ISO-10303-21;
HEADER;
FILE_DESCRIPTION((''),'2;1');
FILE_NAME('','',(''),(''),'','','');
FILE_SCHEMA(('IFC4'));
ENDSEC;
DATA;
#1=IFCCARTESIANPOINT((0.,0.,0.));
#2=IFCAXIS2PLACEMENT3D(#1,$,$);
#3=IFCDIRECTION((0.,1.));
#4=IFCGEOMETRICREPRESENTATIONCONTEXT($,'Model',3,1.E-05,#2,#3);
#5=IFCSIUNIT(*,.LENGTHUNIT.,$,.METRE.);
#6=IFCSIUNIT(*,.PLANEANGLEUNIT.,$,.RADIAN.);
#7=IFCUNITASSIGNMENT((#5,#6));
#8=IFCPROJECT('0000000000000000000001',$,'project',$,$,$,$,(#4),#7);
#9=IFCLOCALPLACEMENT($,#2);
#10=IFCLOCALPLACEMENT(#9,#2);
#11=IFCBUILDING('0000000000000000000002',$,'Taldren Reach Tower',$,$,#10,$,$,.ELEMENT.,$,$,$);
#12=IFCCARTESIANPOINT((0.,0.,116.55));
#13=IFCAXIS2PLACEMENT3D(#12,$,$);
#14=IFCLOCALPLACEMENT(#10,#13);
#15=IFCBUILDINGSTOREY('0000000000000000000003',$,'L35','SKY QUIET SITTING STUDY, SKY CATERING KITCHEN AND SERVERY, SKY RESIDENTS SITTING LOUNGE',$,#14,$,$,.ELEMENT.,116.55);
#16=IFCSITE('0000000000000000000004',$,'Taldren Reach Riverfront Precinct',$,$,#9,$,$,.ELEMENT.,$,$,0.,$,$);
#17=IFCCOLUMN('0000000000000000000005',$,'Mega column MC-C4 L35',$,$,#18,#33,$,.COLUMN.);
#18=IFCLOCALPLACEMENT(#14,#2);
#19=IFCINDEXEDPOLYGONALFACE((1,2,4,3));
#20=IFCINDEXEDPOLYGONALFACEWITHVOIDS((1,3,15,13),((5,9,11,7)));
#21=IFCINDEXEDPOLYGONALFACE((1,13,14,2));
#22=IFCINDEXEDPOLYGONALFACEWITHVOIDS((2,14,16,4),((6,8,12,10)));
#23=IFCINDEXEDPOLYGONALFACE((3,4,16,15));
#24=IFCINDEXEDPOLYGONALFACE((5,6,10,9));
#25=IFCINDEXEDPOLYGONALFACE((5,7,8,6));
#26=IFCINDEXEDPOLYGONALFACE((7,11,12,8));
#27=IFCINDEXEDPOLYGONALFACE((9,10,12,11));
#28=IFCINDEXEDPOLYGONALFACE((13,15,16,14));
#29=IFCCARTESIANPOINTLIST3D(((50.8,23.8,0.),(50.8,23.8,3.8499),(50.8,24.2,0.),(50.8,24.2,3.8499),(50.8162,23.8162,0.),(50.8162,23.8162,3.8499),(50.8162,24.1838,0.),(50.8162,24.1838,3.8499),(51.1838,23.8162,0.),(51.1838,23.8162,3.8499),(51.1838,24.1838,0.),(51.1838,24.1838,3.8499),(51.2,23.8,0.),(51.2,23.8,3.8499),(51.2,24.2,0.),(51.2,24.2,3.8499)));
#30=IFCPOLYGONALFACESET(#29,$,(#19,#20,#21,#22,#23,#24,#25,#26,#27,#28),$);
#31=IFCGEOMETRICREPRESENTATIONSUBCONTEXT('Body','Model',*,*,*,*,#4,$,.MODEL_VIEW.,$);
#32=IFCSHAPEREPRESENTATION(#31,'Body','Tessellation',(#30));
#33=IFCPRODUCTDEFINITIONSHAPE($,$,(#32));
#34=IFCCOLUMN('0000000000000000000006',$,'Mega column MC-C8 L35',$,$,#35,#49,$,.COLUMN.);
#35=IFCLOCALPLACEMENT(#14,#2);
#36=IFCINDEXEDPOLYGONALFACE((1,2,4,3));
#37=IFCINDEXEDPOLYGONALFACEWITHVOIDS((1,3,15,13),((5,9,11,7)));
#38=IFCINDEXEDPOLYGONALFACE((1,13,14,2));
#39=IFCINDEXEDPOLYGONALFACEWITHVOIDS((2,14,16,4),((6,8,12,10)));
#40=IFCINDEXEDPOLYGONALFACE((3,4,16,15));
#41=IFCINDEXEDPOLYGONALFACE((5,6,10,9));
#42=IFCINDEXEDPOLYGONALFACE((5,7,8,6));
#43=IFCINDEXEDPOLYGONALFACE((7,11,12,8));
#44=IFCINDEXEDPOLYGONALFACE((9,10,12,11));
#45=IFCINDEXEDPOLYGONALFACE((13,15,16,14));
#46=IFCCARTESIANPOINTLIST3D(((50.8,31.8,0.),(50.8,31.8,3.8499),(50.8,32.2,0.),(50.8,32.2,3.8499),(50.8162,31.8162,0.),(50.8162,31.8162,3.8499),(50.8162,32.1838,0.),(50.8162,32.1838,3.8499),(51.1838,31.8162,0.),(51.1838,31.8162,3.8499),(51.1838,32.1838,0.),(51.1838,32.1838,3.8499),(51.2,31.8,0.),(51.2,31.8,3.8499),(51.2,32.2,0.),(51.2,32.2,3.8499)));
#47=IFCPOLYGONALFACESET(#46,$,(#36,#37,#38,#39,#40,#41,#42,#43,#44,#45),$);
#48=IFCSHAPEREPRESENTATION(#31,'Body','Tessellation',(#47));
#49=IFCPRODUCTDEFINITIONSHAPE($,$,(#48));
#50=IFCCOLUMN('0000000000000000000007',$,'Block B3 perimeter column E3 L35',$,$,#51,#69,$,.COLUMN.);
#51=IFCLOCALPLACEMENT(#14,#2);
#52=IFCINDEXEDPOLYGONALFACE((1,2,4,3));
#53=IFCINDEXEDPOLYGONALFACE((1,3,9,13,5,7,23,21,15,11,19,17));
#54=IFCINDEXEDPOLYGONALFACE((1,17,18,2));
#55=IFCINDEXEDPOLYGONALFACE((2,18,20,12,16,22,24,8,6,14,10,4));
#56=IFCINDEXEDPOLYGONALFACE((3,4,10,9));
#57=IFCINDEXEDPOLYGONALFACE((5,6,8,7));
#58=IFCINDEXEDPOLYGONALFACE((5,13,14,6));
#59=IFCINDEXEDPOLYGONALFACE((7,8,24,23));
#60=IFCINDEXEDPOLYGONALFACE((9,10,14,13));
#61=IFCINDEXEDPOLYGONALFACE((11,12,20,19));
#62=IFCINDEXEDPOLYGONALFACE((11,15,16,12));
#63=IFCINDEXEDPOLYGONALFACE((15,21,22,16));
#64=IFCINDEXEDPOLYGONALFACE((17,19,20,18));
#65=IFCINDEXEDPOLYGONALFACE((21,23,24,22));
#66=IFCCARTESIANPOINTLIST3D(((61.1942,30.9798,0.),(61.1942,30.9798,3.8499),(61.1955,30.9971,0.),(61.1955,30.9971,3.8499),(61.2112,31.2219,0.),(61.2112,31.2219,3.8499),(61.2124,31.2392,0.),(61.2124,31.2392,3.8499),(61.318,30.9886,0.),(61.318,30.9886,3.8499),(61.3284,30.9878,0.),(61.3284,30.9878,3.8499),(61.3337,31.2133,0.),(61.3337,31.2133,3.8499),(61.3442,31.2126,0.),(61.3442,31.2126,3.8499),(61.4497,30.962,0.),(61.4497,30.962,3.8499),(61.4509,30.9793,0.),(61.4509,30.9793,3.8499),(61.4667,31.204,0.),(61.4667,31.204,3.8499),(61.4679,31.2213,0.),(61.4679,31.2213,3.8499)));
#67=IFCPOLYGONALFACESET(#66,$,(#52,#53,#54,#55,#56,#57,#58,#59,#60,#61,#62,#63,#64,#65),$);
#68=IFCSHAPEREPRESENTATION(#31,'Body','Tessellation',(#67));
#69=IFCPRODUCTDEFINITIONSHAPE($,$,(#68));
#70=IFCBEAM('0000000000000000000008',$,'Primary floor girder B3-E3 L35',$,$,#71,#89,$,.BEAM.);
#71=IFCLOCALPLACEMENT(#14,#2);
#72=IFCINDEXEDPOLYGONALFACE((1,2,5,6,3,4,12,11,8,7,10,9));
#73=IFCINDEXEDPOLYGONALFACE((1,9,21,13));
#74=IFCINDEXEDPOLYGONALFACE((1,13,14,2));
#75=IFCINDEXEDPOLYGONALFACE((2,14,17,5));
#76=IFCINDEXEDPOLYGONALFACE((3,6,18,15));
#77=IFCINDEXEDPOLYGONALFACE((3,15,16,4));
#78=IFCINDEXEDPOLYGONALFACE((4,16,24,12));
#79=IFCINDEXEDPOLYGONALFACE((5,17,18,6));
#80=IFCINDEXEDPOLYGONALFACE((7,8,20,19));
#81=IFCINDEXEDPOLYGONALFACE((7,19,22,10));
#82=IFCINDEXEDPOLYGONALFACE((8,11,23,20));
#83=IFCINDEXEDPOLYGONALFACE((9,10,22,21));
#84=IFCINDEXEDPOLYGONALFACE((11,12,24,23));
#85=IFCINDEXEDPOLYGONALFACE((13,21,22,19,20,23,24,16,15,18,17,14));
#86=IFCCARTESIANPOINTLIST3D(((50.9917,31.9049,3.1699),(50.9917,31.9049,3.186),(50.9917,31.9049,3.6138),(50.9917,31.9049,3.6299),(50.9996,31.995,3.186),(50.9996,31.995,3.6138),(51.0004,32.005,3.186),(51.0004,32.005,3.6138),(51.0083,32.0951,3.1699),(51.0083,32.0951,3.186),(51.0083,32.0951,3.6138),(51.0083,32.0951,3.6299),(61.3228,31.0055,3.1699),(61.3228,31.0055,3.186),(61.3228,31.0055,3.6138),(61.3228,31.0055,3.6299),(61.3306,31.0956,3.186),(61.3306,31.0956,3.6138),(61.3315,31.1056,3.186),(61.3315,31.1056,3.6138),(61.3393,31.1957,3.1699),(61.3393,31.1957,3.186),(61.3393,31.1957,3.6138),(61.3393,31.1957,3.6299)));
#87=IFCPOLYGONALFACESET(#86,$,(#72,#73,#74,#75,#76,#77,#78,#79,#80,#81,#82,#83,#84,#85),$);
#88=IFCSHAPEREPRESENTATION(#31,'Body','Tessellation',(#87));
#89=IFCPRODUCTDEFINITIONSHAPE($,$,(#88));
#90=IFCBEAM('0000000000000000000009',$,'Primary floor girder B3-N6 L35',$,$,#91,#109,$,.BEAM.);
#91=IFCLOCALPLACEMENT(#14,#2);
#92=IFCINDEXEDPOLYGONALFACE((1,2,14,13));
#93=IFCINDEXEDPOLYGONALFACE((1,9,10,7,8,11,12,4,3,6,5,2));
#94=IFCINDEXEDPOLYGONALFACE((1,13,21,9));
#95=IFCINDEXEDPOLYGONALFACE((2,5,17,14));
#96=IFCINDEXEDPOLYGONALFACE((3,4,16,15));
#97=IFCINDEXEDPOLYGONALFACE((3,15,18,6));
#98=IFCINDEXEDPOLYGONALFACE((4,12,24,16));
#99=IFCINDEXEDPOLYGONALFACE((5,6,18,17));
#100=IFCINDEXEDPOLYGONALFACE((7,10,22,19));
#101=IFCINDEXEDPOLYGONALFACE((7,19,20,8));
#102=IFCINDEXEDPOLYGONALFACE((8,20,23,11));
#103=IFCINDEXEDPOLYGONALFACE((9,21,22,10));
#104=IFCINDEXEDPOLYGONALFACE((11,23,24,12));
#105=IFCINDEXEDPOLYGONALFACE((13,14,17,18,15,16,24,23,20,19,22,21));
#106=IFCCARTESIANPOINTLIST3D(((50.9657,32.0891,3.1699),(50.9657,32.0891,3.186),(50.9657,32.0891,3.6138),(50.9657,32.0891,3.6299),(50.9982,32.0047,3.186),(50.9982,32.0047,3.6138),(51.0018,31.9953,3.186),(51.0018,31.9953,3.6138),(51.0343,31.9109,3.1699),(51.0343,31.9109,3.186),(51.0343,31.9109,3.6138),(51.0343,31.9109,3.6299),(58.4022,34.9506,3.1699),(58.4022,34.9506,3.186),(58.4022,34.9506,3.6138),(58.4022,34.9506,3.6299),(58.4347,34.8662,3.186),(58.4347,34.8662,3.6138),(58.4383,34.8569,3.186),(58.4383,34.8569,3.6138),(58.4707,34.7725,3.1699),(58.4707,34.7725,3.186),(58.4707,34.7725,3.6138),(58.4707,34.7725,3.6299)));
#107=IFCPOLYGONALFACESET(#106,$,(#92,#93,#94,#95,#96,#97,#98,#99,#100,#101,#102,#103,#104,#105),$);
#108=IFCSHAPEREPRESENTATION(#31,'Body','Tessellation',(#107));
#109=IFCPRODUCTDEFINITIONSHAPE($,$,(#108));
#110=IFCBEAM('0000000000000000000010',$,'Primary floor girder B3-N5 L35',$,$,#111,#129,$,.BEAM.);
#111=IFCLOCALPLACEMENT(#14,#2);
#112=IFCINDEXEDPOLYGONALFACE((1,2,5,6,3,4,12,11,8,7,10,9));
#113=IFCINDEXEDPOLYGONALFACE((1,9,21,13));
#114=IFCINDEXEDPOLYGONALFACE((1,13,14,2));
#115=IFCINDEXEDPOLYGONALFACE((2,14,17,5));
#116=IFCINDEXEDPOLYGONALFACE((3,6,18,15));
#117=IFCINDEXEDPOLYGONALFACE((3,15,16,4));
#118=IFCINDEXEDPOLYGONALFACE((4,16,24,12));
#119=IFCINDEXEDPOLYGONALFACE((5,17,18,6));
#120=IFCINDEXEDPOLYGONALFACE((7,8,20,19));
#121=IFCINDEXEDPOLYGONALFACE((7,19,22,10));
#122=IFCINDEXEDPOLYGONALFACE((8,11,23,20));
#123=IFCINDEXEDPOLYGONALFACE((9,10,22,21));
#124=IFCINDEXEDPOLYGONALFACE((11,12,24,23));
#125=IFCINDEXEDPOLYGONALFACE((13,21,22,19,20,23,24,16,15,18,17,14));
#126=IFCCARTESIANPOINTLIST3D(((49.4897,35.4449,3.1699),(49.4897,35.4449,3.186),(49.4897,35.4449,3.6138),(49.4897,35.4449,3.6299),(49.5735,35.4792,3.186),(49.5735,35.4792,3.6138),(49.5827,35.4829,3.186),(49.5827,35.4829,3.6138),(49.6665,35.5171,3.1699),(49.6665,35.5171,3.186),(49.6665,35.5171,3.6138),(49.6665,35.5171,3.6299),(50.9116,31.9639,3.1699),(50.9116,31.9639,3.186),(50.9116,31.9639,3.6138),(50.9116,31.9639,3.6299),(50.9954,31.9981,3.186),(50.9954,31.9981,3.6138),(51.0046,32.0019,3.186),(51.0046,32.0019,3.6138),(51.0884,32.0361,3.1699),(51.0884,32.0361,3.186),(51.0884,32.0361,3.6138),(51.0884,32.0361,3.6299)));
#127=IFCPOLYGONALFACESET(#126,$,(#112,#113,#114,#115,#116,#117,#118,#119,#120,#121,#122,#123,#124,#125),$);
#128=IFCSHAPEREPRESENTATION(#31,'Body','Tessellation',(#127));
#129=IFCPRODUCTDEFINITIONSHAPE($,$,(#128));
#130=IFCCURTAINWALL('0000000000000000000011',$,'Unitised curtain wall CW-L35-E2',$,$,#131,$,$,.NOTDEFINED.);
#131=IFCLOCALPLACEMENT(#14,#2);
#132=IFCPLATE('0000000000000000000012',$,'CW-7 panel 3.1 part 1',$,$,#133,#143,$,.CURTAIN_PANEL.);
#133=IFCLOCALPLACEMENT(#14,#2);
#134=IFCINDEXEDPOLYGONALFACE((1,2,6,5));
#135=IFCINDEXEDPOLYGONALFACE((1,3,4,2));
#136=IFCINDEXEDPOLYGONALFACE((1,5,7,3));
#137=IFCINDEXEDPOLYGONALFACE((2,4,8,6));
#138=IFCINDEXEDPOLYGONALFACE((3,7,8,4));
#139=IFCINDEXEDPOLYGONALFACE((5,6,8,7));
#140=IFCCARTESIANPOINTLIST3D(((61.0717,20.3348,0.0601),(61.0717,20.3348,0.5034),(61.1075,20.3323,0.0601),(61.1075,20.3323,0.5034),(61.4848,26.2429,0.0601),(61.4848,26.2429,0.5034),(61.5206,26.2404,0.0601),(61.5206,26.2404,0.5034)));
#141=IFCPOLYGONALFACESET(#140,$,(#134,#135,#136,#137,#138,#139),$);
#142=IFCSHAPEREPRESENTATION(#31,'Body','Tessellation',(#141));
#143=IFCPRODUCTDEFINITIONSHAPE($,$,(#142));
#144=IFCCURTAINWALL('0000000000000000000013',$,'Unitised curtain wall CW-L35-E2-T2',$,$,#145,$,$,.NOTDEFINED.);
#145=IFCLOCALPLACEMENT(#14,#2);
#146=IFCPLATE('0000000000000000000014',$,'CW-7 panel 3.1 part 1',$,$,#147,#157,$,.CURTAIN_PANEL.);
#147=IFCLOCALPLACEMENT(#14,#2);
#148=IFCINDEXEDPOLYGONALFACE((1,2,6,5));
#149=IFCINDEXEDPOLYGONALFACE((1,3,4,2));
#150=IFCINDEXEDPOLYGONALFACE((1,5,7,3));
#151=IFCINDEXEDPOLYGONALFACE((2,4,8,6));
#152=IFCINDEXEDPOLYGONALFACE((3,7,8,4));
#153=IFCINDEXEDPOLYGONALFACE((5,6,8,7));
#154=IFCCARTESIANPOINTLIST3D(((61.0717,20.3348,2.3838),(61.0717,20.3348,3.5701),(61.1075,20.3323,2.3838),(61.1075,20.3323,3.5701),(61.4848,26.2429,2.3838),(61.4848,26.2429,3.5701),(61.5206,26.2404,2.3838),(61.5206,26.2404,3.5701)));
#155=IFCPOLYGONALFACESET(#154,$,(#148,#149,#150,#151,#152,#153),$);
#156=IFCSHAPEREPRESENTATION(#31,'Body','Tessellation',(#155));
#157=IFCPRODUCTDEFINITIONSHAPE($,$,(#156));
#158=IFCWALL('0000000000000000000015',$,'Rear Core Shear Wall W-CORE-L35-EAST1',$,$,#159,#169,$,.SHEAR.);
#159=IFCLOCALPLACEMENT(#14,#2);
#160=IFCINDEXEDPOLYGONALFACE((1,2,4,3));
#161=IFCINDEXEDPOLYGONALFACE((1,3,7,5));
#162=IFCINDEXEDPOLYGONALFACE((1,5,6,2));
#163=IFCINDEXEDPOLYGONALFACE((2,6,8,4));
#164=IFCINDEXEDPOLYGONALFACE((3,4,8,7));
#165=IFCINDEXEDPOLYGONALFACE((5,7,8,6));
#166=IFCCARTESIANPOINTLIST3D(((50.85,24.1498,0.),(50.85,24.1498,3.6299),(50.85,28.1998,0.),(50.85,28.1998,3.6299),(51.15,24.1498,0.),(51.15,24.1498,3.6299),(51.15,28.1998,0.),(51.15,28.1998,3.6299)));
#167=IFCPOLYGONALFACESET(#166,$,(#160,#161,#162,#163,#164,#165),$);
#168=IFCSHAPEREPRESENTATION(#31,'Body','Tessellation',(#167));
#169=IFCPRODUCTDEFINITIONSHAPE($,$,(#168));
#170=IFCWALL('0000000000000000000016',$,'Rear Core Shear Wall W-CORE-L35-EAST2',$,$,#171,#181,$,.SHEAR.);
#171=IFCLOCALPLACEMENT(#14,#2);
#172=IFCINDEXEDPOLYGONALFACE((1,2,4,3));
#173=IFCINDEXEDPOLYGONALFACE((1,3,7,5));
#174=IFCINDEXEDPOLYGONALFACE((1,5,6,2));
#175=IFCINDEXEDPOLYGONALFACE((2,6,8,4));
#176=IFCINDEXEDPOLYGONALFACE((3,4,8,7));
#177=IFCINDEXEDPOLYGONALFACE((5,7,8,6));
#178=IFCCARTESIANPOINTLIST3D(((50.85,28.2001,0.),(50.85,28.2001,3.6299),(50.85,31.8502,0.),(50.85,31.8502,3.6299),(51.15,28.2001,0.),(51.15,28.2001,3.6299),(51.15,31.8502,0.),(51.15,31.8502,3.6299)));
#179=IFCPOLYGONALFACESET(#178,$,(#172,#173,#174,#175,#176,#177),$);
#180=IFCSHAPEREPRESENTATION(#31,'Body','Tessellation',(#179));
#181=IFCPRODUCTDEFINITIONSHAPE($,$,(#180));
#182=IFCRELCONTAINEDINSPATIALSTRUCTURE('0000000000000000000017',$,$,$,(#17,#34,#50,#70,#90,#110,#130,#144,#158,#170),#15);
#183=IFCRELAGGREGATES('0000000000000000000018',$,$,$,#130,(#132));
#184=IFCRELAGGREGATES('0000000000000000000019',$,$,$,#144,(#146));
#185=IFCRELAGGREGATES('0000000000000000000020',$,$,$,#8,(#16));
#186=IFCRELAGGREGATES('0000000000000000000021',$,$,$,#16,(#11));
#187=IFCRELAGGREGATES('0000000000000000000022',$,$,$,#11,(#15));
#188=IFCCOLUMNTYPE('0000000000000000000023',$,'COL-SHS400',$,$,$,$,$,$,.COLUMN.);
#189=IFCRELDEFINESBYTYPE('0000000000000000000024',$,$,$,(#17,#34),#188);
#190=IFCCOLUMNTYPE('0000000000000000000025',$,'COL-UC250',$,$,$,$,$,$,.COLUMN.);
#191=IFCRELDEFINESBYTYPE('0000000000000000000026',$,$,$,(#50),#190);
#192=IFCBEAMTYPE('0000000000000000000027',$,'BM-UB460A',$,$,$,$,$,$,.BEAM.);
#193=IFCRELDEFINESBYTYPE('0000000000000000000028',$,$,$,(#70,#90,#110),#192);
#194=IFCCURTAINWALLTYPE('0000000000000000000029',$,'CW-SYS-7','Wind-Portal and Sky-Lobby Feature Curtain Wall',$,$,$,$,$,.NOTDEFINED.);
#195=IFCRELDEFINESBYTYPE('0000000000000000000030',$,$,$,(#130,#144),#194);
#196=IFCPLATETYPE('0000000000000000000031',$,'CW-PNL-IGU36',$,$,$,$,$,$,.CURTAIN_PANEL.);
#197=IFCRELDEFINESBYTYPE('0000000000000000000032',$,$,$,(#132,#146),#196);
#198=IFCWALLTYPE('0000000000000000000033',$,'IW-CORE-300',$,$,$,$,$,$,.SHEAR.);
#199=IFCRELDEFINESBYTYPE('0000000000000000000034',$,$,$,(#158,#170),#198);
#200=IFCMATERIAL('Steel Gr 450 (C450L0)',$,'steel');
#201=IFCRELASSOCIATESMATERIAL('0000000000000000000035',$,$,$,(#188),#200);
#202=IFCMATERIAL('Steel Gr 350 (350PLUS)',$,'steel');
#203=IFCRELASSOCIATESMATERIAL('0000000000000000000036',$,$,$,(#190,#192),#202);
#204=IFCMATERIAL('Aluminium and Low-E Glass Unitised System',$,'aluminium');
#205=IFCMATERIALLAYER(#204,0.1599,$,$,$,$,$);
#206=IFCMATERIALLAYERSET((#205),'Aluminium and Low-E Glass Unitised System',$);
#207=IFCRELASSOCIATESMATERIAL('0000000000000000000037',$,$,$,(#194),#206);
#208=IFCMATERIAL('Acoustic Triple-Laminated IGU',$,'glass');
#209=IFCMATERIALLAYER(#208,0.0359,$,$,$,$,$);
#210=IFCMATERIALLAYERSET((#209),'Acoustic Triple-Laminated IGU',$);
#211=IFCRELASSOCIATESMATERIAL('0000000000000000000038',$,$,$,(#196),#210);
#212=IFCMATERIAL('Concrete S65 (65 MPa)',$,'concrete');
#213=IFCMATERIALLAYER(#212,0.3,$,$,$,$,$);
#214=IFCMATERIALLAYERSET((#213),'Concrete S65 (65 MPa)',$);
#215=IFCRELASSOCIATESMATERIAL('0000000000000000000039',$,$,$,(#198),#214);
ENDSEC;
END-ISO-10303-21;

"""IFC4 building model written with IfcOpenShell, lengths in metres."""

from ifc_helpers import new_model, si_unit, direction, frame, frame_2d, origin, origin_2d, place, context, subcontext, project, spatial, rectangle, hollow_rectangle, i_section, extrude, source, transform, mapped, material, layer, layer_set, material_profile, profile_set, type_object, element, aggregate, save


model = new_model("IFC4")

# Units and contexts
model_context = context("Model", 3, precision=1e-05, world=origin(), true_north=direction((0.0, 1.0)))
body_context = subcontext(model_context, "Body", "Model", "MODEL_VIEW")
ifc_project = project(units=[si_unit("LENGTHUNIT", "METRE"), si_unit("PLANEANGLEUNIT", "RADIAN")], contexts=[model_context])

# Site, building, storey
site_placement = place(None, origin())
site = spatial("IfcSite", under=ifc_project, at=site_placement, Name="Taldren Reach Riverfront Precinct", CompositionType="ELEMENT", RefElevation=0.0)
building_placement = place(site_placement, origin())
building = spatial("IfcBuilding", under=site, at=building_placement, Name="Taldren Reach Tower", CompositionType="ELEMENT")
storey_placement = place(building_placement, frame((0.0, 0.0, 116.55)))
storey = spatial("IfcBuildingStorey", under=building, at=storey_placement, Name="L35", Description="SKY QUIET SITTING STUDY, SKY CATERING KITCHEN AND SERVERY, SKY RESIDENTS SITTING LOUNGE", CompositionType="ELEMENT", Elevation=116.55)

# Columns
ifc_material_1 = material(Name="Steel Gr 450 (C450L0)", Category="steel")
ifc_material_profile_1 = material_profile(ifc_material_1, hollow_rectangle(XDim=0.3999, YDim=0.3999, WallThickness=0.0161, at=origin_2d()), Name="400x400x16.0SHS")
ifc_profile_set_1 = profile_set([ifc_material_profile_1], Name="Steel Gr 450 (C450L0)")
column_type_1 = type_object("IfcColumnType", Name="COL-SHS400", PredefinedType="COLUMN", material=ifc_profile_set_1)
shared_shape_1 = source(origin(), body_context, "Body", "SweptSolid", [
    extrude(hollow_rectangle(XDim=0.3999, YDim=0.3999, WallThickness=0.0161, at=origin_2d()), origin(), (0.0, 0.0, 1.0), 3.8499),
])
for number, where, z_axis, x_axis, name in (
    (1, (51.0, 24.0, 0.0), (0.0, 0.0, 1.0), (1.0, 0.0, 0.0), "Mega column MC-C4 L35"),
    (2, (51.0, 32.0, 0.0), (0.0, 0.0, 1.0), (1.0, 0.0, 0.0), "Mega column MC-C8 L35"),
):
    element("IfcColumn", number, at=place(storey_placement, frame(where, z_axis=z_axis, x_axis=x_axis)), inside=storey, type_object=column_type_1, Name=name, PredefinedType="COLUMN", context=body_context, shape_type="MappedRepresentation", body=[
        mapped(shared_shape_1, transform((0.0, 0.0, 0.0), scale=1.0)),
    ])
ifc_material_2 = material(Name="Steel Gr 350 (350PLUS)", Category="steel")
ifc_material_profile_2 = material_profile(ifc_material_2, i_section(OverallWidth=0.2561, OverallDepth=0.26, WebThickness=0.0105, FlangeThickness=0.0173, at=origin_2d()), Name="250UC89.5")
ifc_profile_set_2 = profile_set([ifc_material_profile_2], Name="Steel Gr 350 (350PLUS)")
column_type_2 = type_object("IfcColumnType", Name="COL-UC250", PredefinedType="COLUMN", material=ifc_profile_set_2)
shared_shape_2 = source(origin(), body_context, "Body", "SweptSolid", [
    extrude(i_section(OverallWidth=0.2561, OverallDepth=0.26, WebThickness=0.0105, FlangeThickness=0.0173, at=origin_2d()), origin(), (0.0, 0.0, 1.0), 3.8499),
])
column_placement = place(storey_placement, frame((61.3311, 31.1006, 0.0), z_axis=(0.0, 0.0, 1.0), x_axis=(0.997564, -0.069756, 0.0)))
element("IfcColumn", 3, at=column_placement, inside=storey, type_object=column_type_2, Name="Block B3 perimeter column E3 L35", PredefinedType="COLUMN", context=body_context, shape_type="MappedRepresentation", body=[
    mapped(shared_shape_2, transform((0.0, 0.0, 0.0), scale=1.0)),
])

# Beams
ifc_material_profile_3 = material_profile(ifc_material_2, i_section(OverallWidth=0.1909, OverallDepth=0.46, WebThickness=0.01, FlangeThickness=0.0161, at=origin_2d()), Name="460UB82.1")
ifc_profile_set_3 = profile_set([ifc_material_profile_3], Name="Steel Gr 350 (350PLUS)")
beam_type = type_object("IfcBeamType", Name="BM-UB460A", PredefinedType="BEAM", material=ifc_profile_set_3)
shared_shape_3 = source(origin(), body_context, "Body", "SweptSolid", [
    extrude(i_section(OverallWidth=0.1909, OverallDepth=0.46, WebThickness=0.01, FlangeThickness=0.0161, at=origin_2d()), origin(), (0.0, 0.0, 1.0), 10.3701),
])
beam_1_placement = place(storey_placement, frame((51.0, 32.0, 3.3999), z_axis=(0.996232, -0.086731, 0.0), x_axis=(0.086731, 0.996232, 0.0)))
element("IfcBeam", 4, at=beam_1_placement, inside=storey, type_object=beam_type, Name="Primary floor girder B3-E3 L35", PredefinedType="BEAM", context=body_context, shape_type="MappedRepresentation", body=[
    mapped(shared_shape_3, transform((0.0, 0.0, 0.0), scale=1.0)),
])
shared_shape_4 = source(origin(), body_context, "Body", "SweptSolid", [
    extrude(i_section(OverallWidth=0.1909, OverallDepth=0.46, WebThickness=0.01, FlangeThickness=0.0161, at=origin_2d()), origin(), (0.0, 0.0, 1.0), 7.968),
])
beam_2_placement = place(storey_placement, frame((51.0, 32.0, 3.3999), z_axis=(0.933288, 0.359129, 0.0), x_axis=(-0.359129, 0.933288, 0.0)))
element("IfcBeam", 5, at=beam_2_placement, inside=storey, type_object=beam_type, Name="Primary floor girder B3-N6 L35", PredefinedType="BEAM", context=body_context, shape_type="MappedRepresentation", body=[
    mapped(shared_shape_4, transform((0.0, 0.0, 0.0), scale=1.0)),
])
shared_shape_5 = source(origin(), body_context, "Body", "SweptSolid", [
    extrude(i_section(OverallWidth=0.1909, OverallDepth=0.46, WebThickness=0.01, FlangeThickness=0.0161, at=origin_2d()), origin(), (0.0, 0.0, 1.0), 3.7603),
])
beam_3_placement = place(storey_placement, frame((51.0, 32.0, 3.3999), z_axis=(-0.378142, 0.925747, 0.0), x_axis=(-0.925747, -0.378142, 0.0)))
element("IfcBeam", 6, at=beam_3_placement, inside=storey, type_object=beam_type, Name="Primary floor girder B3-N5 L35", PredefinedType="BEAM", context=body_context, shape_type="MappedRepresentation", body=[
    mapped(shared_shape_5, transform((0.0, 0.0, 0.0), scale=1.0)),
])

# Curtain walls, plates
ifc_material_3 = material(Name="Aluminium and Low-E Glass Unitised System", Category="aluminium")
ifc_layer_1 = layer(ifc_material_3, 0.1599)
ifc_layer_set_1 = layer_set([ifc_layer_1], Name="Aluminium and Low-E Glass Unitised System")
curtain_wall_type = type_object("IfcCurtainWallType", Name="CW-SYS-7", Description="Wind-Portal and Sky-Lobby Feature Curtain Wall", PredefinedType="NOTDEFINED", material=ifc_layer_set_1)
curtain_wall_1_placement = place(storey_placement, origin())
curtain_wall_1 = element("IfcCurtainWall", 7, at=curtain_wall_1_placement, inside=storey, type_object=curtain_wall_type, Name="Unitised curtain wall CW-L35-E2", PredefinedType="NOTDEFINED")
ifc_material_4 = material(Name="Acoustic Triple-Laminated IGU", Category="glass")
ifc_layer_2 = layer(ifc_material_4, 0.0359)
ifc_layer_set_2 = layer_set([ifc_layer_2], Name="Acoustic Triple-Laminated IGU")
plate_type = type_object("IfcPlateType", Name="CW-PNL-IGU36", PredefinedType="CURTAIN_PANEL", material=ifc_layer_set_2)
shared_shape_6 = source(origin(), body_context, "Body", "SweptSolid", [
    extrude(rectangle(XDim=5.9226, YDim=0.0359, at=origin_2d()), origin(), (0.0, 0.0, 1.0), 0.4434),
])
plate_1_placement = place(storey_placement, frame((61.2961, 23.2876, 0.0601), z_axis=(0.0, 0.0, 1.0), x_axis=(0.069757, 0.997564, 0.0)))
plate_1 = element("IfcPlate", 8, at=plate_1_placement, type_object=plate_type, Name="CW-7 panel 3.1 part 1", PredefinedType="CURTAIN_PANEL", context=body_context, shape_type="MappedRepresentation", body=[
    mapped(shared_shape_6, transform((0.0, 0.0, 0.0), scale=1.0)),
])
aggregate(curtain_wall_1, [plate_1])
curtain_wall_2_placement = place(storey_placement, origin())
curtain_wall_2 = element("IfcCurtainWall", 9, at=curtain_wall_2_placement, inside=storey, type_object=curtain_wall_type, Name="Unitised curtain wall CW-L35-E2-T2", PredefinedType="NOTDEFINED")
shared_shape_7 = source(origin(), body_context, "Body", "SweptSolid", [
    extrude(rectangle(XDim=5.9226, YDim=0.0359, at=origin_2d()), origin(), (0.0, 0.0, 1.0), 1.1863),
])
plate_2_placement = place(storey_placement, frame((61.2961, 23.2876, 2.3838), z_axis=(0.0, 0.0, 1.0), x_axis=(0.069757, 0.997564, 0.0)))
plate_2 = element("IfcPlate", 10, at=plate_2_placement, type_object=plate_type, Name="CW-7 panel 3.1 part 1", PredefinedType="CURTAIN_PANEL", context=body_context, shape_type="MappedRepresentation", body=[
    mapped(shared_shape_7, transform((0.0, 0.0, 0.0), scale=1.0)),
])
aggregate(curtain_wall_2, [plate_2])

# Walls
ifc_material_5 = material(Name="Concrete S65 (65 MPa)", Category="concrete")
ifc_layer_3 = layer(ifc_material_5, 0.3)
ifc_layer_set_3 = layer_set([ifc_layer_3], Name="Concrete S65 (65 MPa)")
wall_type_1 = type_object("IfcWallType", Name="IW-CORE-300", PredefinedType="SHEAR", material=ifc_layer_set_3)
shared_shape_8 = source(origin(), body_context, "Body", "SweptSolid", [
    extrude(rectangle(XDim=4.05, YDim=0.3, at=frame_2d((2.0249, 0.0))), origin(), (0.0, 0.0, 1.0), 3.6299),
])
wall_1_placement = place(storey_placement, frame((51.0, 24.1499, 0.0), z_axis=(0.0, 0.0, 1.0), x_axis=(0.0, 1.0, 0.0)))
element("IfcWall", 11, at=wall_1_placement, inside=storey, type_object=wall_type_1, Name="Rear Core Shear Wall W-CORE-L35-EAST1", PredefinedType="SHEAR", context=body_context, shape_type="MappedRepresentation", body=[
    mapped(shared_shape_8, transform((0.0, 0.0, 0.0), scale=1.0)),
])
shared_shape_9 = source(origin(), body_context, "Body", "SweptSolid", [
    extrude(rectangle(XDim=3.6501, YDim=0.3, at=frame_2d((1.8252, 0.0))), origin(), (0.0, 0.0, 1.0), 3.6299),
])
wall_2_placement = place(storey_placement, frame((51.0, 28.2, 0.0), z_axis=(0.0, 0.0, 1.0), x_axis=(0.0, 1.0, 0.0)))
element("IfcWall", 12, at=wall_2_placement, inside=storey, type_object=wall_type_1, Name="Rear Core Shear Wall W-CORE-L35-EAST2", PredefinedType="SHEAR", context=body_context, shape_type="MappedRepresentation", body=[
    mapped(shared_shape_9, transform((0.0, 0.0, 0.0), scale=1.0)),
])

save(model, "model.ifc")
